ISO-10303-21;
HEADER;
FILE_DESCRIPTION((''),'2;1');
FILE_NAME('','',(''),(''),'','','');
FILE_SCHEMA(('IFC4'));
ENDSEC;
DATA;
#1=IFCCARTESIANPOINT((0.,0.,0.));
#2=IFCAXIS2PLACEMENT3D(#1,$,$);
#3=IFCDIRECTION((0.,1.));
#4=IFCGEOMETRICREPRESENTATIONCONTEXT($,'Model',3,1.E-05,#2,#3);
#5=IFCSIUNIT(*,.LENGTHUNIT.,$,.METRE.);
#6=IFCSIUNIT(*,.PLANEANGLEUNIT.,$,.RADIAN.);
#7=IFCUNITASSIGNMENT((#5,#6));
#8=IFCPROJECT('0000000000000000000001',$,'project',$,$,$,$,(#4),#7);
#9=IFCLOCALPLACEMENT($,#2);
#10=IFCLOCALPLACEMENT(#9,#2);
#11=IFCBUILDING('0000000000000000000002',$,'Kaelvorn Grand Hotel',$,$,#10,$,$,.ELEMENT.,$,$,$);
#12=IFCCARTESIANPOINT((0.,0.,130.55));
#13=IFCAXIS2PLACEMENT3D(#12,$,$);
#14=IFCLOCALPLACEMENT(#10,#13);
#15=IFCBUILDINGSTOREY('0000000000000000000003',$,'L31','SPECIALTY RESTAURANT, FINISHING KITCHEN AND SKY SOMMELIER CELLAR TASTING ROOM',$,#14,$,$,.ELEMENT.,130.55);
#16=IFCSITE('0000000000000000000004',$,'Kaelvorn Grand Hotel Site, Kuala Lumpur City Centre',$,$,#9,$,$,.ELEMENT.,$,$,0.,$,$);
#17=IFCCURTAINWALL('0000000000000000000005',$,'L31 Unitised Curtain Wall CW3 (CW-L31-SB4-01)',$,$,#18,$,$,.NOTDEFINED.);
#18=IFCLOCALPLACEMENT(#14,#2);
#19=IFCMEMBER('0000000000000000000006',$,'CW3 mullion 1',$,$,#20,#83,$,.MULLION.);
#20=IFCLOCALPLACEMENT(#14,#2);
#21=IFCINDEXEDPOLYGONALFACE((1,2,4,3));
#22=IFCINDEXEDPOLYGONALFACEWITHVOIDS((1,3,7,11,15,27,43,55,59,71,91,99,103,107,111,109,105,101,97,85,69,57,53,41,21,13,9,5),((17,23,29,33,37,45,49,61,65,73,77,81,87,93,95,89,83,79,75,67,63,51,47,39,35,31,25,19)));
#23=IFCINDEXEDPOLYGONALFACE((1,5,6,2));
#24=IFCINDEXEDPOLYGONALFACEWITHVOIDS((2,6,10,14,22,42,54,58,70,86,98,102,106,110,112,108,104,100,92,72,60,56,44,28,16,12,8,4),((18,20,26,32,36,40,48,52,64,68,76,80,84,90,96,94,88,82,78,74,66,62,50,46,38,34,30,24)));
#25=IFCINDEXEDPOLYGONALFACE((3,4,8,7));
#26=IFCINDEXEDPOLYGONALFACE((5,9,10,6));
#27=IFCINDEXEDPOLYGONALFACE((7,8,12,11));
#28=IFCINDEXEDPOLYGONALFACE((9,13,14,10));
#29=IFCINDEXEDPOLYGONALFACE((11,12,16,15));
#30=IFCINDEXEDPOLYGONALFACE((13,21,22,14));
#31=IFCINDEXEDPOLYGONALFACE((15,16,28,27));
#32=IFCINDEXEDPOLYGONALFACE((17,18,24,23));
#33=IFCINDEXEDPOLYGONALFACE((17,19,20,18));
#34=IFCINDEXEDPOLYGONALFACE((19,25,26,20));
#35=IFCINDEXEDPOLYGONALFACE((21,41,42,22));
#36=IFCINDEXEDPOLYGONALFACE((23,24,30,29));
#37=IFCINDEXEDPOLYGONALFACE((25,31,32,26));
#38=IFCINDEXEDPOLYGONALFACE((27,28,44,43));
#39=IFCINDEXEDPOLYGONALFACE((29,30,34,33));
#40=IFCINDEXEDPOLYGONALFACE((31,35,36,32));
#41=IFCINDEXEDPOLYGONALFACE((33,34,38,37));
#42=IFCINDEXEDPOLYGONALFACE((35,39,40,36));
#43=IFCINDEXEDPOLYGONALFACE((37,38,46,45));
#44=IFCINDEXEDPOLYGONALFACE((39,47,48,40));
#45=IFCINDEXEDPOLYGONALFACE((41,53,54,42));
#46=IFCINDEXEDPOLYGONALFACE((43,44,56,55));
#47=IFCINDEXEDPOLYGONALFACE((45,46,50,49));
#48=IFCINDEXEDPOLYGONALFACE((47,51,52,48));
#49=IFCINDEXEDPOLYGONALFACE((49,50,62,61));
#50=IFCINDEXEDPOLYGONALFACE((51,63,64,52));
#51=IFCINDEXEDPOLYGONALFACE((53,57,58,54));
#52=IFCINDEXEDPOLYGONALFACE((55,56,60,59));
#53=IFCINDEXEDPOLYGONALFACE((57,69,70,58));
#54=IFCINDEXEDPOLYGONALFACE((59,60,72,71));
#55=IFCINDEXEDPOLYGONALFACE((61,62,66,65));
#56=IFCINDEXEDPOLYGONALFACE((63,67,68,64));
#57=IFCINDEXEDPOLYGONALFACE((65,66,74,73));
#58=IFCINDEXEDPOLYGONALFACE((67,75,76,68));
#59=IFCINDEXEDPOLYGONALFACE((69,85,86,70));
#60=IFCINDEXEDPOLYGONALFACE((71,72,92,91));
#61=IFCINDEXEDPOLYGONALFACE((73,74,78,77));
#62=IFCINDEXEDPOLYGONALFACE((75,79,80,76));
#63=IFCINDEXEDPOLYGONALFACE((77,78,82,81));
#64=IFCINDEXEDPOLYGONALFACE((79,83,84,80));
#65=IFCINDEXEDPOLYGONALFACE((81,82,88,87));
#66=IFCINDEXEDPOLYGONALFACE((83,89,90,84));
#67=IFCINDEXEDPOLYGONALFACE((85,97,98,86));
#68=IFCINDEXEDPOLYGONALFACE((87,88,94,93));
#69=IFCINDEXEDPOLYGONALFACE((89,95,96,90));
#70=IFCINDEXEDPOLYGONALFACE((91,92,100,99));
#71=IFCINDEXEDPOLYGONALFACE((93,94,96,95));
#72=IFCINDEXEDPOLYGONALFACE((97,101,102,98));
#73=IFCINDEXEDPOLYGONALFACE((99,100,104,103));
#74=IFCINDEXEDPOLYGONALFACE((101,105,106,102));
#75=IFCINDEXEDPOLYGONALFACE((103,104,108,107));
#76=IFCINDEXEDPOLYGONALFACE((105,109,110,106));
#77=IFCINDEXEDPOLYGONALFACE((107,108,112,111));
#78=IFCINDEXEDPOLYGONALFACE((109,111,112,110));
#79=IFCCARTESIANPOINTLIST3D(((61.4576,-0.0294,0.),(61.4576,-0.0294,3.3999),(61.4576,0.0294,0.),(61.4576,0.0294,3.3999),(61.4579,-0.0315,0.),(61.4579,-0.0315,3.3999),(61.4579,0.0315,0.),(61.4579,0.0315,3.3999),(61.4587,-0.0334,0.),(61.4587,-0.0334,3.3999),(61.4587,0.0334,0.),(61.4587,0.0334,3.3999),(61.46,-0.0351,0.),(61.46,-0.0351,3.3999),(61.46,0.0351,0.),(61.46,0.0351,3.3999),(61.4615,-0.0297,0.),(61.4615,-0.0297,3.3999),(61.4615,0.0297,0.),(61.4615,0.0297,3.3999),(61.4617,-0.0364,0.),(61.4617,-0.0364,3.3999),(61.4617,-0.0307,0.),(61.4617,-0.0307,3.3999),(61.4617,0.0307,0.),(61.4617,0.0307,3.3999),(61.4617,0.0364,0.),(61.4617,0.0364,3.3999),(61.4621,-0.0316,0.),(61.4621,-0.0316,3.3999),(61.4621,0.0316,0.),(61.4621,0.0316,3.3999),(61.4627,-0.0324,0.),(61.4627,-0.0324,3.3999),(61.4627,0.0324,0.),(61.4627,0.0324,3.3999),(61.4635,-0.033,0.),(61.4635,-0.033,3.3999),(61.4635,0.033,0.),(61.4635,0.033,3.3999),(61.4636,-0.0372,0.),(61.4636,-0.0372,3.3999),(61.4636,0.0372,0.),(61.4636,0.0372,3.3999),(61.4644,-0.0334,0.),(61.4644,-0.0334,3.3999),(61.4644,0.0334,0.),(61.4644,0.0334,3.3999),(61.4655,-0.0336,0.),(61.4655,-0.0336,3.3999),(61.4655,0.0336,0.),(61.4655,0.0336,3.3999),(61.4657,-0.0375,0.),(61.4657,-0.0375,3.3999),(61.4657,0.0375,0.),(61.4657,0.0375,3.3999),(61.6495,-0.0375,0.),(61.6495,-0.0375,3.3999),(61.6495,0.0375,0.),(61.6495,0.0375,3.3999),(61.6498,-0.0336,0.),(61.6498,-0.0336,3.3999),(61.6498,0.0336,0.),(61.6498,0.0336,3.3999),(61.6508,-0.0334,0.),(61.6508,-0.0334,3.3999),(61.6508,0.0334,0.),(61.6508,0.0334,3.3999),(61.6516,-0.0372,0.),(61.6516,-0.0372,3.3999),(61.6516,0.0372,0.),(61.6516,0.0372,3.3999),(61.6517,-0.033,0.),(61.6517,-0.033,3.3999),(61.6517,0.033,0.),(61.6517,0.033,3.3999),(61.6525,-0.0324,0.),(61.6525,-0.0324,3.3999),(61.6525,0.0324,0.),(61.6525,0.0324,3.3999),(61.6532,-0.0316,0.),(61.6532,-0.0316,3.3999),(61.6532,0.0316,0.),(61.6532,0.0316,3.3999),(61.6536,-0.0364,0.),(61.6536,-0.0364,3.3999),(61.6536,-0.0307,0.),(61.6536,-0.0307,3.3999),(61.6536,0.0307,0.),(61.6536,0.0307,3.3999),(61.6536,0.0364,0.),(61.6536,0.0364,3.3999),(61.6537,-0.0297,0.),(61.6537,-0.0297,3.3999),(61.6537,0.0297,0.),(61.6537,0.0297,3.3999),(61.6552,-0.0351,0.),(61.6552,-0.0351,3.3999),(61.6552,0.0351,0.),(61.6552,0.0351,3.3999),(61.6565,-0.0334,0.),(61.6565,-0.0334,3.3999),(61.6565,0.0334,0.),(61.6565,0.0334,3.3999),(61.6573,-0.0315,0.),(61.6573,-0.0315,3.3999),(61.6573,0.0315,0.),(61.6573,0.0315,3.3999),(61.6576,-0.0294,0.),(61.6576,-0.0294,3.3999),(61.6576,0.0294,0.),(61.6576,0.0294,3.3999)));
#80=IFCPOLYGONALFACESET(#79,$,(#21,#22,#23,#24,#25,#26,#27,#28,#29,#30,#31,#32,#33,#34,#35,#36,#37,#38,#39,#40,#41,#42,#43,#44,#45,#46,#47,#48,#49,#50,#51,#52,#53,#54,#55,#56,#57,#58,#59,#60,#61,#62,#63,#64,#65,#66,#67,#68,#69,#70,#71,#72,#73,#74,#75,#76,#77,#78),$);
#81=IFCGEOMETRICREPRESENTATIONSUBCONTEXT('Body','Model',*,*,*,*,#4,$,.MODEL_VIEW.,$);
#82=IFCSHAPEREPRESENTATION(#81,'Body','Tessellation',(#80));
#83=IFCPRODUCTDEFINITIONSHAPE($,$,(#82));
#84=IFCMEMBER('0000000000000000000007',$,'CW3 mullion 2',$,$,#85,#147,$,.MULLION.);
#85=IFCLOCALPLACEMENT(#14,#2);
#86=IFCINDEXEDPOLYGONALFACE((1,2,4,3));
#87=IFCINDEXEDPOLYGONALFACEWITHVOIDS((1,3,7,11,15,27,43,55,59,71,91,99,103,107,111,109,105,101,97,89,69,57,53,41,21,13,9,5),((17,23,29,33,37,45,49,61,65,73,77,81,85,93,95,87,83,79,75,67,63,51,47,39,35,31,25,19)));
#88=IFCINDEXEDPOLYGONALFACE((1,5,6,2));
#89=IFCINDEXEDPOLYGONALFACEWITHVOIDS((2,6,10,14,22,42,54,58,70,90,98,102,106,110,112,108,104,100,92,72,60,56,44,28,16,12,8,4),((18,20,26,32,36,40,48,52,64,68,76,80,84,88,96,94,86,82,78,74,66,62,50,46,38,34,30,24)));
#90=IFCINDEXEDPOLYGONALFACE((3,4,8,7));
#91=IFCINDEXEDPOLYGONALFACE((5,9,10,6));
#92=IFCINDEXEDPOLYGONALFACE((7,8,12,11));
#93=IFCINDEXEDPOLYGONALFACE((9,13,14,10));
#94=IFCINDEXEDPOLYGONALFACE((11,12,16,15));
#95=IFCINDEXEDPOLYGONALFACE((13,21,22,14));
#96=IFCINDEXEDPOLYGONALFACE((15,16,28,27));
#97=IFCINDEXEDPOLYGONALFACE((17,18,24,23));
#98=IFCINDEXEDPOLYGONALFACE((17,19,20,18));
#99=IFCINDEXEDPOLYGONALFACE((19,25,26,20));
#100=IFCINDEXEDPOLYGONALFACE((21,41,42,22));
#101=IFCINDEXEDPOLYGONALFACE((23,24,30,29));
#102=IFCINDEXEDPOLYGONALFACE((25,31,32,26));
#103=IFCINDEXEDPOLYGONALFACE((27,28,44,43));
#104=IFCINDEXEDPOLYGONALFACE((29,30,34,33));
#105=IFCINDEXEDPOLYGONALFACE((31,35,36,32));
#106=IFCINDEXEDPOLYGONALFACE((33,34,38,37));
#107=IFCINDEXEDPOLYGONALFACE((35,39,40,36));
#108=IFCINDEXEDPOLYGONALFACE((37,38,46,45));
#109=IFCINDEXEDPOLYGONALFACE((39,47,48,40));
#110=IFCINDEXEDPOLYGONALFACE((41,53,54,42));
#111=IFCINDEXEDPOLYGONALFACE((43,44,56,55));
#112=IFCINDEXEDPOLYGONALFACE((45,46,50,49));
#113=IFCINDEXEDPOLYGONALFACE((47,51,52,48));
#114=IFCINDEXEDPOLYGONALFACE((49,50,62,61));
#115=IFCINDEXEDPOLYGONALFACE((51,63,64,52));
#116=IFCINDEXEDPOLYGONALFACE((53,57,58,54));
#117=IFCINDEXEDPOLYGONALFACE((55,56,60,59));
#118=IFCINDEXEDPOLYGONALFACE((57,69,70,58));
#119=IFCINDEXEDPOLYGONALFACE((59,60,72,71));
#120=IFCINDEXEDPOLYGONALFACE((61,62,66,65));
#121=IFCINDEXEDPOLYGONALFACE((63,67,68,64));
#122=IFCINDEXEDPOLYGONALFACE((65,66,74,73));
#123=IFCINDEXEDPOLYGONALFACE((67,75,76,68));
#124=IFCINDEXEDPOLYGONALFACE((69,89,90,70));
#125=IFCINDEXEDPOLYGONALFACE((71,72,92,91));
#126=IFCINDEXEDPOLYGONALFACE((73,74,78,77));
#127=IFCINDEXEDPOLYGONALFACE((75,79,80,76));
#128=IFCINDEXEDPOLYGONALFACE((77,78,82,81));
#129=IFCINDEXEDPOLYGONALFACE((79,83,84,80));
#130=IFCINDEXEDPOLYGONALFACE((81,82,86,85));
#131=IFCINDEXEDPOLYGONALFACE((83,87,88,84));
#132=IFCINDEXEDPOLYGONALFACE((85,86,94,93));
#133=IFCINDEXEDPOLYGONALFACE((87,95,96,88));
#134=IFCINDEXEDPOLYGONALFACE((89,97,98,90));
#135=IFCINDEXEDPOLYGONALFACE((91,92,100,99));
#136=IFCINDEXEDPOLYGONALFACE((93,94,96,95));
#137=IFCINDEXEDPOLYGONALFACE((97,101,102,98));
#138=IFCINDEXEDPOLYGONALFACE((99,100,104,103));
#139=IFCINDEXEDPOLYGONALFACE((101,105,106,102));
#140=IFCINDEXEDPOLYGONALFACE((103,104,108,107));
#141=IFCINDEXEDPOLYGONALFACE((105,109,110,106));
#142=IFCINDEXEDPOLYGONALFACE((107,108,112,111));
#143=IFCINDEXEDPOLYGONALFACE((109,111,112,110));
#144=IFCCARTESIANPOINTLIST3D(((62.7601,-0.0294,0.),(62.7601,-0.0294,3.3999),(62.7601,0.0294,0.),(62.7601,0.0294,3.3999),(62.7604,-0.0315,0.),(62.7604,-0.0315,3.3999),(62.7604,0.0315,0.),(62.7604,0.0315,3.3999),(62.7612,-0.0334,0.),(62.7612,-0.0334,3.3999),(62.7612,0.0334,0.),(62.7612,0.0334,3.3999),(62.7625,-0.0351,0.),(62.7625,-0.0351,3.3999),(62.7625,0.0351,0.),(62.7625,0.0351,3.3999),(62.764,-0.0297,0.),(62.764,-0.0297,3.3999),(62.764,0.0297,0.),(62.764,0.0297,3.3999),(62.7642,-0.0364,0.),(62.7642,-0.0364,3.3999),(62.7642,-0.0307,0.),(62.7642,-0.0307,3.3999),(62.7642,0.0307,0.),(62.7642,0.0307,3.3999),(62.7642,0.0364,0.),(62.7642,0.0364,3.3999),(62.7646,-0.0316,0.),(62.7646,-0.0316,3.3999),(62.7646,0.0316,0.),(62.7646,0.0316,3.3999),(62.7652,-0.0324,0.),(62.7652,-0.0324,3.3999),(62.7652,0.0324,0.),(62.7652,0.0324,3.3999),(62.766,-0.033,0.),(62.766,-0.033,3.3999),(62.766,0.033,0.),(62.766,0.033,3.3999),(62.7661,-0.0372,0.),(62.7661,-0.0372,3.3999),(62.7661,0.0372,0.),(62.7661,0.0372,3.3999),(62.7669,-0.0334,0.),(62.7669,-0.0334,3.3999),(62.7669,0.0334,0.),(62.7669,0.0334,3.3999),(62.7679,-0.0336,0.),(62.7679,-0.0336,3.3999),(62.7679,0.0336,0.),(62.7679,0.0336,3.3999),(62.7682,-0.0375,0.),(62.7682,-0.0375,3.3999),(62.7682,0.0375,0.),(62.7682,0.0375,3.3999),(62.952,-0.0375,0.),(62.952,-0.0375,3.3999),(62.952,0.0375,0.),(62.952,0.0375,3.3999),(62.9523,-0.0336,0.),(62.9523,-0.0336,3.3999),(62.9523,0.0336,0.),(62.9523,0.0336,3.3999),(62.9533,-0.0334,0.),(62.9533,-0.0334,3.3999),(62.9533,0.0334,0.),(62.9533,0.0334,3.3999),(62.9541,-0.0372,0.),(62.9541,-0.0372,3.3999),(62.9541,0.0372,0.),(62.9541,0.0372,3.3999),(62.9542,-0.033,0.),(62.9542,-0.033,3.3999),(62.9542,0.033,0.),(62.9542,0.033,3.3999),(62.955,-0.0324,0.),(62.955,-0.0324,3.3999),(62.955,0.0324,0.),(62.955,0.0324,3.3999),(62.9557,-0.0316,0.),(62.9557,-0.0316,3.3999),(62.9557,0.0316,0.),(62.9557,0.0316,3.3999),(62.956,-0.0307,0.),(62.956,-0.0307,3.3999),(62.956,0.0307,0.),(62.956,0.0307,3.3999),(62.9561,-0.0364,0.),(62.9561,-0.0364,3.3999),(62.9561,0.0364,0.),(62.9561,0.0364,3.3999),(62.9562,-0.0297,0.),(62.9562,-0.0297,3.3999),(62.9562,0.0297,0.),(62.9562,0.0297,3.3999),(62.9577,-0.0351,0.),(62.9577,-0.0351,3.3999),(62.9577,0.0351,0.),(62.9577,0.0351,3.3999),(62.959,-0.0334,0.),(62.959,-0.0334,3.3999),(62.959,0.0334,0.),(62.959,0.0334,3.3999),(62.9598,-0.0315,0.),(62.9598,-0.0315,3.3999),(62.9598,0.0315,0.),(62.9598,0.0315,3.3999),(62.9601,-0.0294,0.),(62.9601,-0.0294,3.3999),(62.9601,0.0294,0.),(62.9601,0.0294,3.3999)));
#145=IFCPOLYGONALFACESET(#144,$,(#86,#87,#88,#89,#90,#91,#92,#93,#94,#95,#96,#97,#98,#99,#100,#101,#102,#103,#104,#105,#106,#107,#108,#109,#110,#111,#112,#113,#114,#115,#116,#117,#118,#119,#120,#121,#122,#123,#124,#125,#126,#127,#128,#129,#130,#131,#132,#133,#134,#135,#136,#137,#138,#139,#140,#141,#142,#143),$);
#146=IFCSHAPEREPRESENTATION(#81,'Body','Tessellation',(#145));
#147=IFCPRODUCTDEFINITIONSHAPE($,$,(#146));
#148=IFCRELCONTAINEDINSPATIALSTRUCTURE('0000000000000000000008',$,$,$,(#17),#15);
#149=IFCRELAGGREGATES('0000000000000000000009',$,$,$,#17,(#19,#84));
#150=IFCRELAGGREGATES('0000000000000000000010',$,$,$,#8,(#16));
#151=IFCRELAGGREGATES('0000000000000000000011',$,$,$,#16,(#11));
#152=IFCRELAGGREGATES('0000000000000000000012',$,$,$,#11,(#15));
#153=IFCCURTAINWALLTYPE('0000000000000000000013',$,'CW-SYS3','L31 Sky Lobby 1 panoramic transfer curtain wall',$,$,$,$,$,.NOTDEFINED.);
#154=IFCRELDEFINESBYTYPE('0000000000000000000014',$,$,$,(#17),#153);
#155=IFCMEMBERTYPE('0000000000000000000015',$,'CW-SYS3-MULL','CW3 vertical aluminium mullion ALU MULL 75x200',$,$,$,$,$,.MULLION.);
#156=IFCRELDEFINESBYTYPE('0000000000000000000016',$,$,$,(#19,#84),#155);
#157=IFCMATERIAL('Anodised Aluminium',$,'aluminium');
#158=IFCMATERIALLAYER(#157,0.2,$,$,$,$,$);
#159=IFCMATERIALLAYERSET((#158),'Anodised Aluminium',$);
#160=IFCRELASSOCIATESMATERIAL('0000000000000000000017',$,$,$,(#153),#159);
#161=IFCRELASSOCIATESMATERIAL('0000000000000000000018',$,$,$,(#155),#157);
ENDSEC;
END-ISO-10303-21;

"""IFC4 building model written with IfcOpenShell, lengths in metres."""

from ifc_helpers import new_model, si_unit, direction, frame, origin, origin_2d, place, context, subcontext, project, spatial, hollow_rectangle, extrude, material, layer, layer_set, material_profile, profile_set, type_object, element, aggregate, save


model = new_model("IFC4")

# Units and contexts
model_context = context("Model", 3, precision=1e-05, world=origin(), true_north=direction((0.0, 1.0)))
body_context = subcontext(model_context, "Body", "Model", "MODEL_VIEW")
ifc_project = project(units=[si_unit("LENGTHUNIT", "METRE"), si_unit("PLANEANGLEUNIT", "RADIAN")], contexts=[model_context])

# Site, building, storey
site_placement = place(None, origin())
site = spatial("IfcSite", under=ifc_project, at=site_placement, Name="Kaelvorn Grand Hotel Site, Kuala Lumpur City Centre", CompositionType="ELEMENT", RefElevation=0.0)
building_placement = place(site_placement, origin())
building = spatial("IfcBuilding", under=site, at=building_placement, Name="Kaelvorn Grand Hotel", CompositionType="ELEMENT")
storey_placement = place(building_placement, frame((0.0, 0.0, 130.55)))
storey = spatial("IfcBuildingStorey", under=building, at=storey_placement, Name="L31", Description="SPECIALTY RESTAURANT, FINISHING KITCHEN AND SKY SOMMELIER CELLAR TASTING ROOM", CompositionType="ELEMENT", Elevation=130.55)

# Curtain wall, members
ifc_material_1 = material(Name="Anodised Aluminium", Category="aluminium")
ifc_layer_1 = layer(ifc_material_1, 0.2)
ifc_layer_set_1 = layer_set([ifc_layer_1], Name="Anodised Aluminium")
curtain_wall_type = type_object("IfcCurtainWallType", Name="CW-SYS3", Description="L31 Sky Lobby 1 panoramic transfer curtain wall", PredefinedType="NOTDEFINED", material=ifc_layer_set_1)
ifc_material_profile_1 = material_profile(ifc_material_1, hollow_rectangle(XDim=0.075, YDim=0.2, WallThickness=0.0039, InnerFilletRadius=0.0039, OuterFilletRadius=0.0081, at=origin_2d()), Name="ALU MULL 75x200")
ifc_profile_set_1 = profile_set([ifc_material_profile_1], Name="Anodised Aluminium")
member_type_1 = type_object("IfcMemberType", Name="CW-SYS3-MULL", Description="CW3 vertical aluminium mullion ALU MULL 75x200", PredefinedType="MULLION", material=ifc_profile_set_1)
curtain_wall_1_placement = place(storey_placement, origin())
curtain_wall_1 = element("IfcCurtainWall", 1, at=curtain_wall_1_placement, inside=storey, type_object=curtain_wall_type, Name="L31 Unitised Curtain Wall CW3 (CW-L31-SB4-01)", PredefinedType="NOTDEFINED")
member_1_placement = place(storey_placement, frame((61.5576, 0.0, 0.0), z_axis=(0.0, 0.0, 1.0), x_axis=(0.0, 1.0, 0.0)))
member_1 = element("IfcMember", 2, at=member_1_placement, type_object=member_type_1, Name="CW3 mullion 1", PredefinedType="MULLION", context=body_context, shape_type="SweptSolid", body=[
    extrude(hollow_rectangle(XDim=0.075, YDim=0.2, WallThickness=0.0039, InnerFilletRadius=0.0039, OuterFilletRadius=0.0081, at=origin_2d()), origin(), (0.0, 0.0, 1.0), 3.3999),
])
member_2_placement = place(storey_placement, frame((62.8601, 0.0, 0.0), z_axis=(0.0, 0.0, 1.0), x_axis=(0.0, 1.0, 0.0)))
member_2 = element("IfcMember", 3, at=member_2_placement, type_object=member_type_1, Name="CW3 mullion 2", PredefinedType="MULLION", context=body_context, shape_type="SweptSolid", body=[
    extrude(hollow_rectangle(XDim=0.075, YDim=0.2, WallThickness=0.0039, InnerFilletRadius=0.0039, OuterFilletRadius=0.0081, at=origin_2d()), origin(), (0.0, 0.0, 1.0), 3.3999),
])

aggregate(curtain_wall_1, [member_1, member_2])

save(model, "model.ifc")
